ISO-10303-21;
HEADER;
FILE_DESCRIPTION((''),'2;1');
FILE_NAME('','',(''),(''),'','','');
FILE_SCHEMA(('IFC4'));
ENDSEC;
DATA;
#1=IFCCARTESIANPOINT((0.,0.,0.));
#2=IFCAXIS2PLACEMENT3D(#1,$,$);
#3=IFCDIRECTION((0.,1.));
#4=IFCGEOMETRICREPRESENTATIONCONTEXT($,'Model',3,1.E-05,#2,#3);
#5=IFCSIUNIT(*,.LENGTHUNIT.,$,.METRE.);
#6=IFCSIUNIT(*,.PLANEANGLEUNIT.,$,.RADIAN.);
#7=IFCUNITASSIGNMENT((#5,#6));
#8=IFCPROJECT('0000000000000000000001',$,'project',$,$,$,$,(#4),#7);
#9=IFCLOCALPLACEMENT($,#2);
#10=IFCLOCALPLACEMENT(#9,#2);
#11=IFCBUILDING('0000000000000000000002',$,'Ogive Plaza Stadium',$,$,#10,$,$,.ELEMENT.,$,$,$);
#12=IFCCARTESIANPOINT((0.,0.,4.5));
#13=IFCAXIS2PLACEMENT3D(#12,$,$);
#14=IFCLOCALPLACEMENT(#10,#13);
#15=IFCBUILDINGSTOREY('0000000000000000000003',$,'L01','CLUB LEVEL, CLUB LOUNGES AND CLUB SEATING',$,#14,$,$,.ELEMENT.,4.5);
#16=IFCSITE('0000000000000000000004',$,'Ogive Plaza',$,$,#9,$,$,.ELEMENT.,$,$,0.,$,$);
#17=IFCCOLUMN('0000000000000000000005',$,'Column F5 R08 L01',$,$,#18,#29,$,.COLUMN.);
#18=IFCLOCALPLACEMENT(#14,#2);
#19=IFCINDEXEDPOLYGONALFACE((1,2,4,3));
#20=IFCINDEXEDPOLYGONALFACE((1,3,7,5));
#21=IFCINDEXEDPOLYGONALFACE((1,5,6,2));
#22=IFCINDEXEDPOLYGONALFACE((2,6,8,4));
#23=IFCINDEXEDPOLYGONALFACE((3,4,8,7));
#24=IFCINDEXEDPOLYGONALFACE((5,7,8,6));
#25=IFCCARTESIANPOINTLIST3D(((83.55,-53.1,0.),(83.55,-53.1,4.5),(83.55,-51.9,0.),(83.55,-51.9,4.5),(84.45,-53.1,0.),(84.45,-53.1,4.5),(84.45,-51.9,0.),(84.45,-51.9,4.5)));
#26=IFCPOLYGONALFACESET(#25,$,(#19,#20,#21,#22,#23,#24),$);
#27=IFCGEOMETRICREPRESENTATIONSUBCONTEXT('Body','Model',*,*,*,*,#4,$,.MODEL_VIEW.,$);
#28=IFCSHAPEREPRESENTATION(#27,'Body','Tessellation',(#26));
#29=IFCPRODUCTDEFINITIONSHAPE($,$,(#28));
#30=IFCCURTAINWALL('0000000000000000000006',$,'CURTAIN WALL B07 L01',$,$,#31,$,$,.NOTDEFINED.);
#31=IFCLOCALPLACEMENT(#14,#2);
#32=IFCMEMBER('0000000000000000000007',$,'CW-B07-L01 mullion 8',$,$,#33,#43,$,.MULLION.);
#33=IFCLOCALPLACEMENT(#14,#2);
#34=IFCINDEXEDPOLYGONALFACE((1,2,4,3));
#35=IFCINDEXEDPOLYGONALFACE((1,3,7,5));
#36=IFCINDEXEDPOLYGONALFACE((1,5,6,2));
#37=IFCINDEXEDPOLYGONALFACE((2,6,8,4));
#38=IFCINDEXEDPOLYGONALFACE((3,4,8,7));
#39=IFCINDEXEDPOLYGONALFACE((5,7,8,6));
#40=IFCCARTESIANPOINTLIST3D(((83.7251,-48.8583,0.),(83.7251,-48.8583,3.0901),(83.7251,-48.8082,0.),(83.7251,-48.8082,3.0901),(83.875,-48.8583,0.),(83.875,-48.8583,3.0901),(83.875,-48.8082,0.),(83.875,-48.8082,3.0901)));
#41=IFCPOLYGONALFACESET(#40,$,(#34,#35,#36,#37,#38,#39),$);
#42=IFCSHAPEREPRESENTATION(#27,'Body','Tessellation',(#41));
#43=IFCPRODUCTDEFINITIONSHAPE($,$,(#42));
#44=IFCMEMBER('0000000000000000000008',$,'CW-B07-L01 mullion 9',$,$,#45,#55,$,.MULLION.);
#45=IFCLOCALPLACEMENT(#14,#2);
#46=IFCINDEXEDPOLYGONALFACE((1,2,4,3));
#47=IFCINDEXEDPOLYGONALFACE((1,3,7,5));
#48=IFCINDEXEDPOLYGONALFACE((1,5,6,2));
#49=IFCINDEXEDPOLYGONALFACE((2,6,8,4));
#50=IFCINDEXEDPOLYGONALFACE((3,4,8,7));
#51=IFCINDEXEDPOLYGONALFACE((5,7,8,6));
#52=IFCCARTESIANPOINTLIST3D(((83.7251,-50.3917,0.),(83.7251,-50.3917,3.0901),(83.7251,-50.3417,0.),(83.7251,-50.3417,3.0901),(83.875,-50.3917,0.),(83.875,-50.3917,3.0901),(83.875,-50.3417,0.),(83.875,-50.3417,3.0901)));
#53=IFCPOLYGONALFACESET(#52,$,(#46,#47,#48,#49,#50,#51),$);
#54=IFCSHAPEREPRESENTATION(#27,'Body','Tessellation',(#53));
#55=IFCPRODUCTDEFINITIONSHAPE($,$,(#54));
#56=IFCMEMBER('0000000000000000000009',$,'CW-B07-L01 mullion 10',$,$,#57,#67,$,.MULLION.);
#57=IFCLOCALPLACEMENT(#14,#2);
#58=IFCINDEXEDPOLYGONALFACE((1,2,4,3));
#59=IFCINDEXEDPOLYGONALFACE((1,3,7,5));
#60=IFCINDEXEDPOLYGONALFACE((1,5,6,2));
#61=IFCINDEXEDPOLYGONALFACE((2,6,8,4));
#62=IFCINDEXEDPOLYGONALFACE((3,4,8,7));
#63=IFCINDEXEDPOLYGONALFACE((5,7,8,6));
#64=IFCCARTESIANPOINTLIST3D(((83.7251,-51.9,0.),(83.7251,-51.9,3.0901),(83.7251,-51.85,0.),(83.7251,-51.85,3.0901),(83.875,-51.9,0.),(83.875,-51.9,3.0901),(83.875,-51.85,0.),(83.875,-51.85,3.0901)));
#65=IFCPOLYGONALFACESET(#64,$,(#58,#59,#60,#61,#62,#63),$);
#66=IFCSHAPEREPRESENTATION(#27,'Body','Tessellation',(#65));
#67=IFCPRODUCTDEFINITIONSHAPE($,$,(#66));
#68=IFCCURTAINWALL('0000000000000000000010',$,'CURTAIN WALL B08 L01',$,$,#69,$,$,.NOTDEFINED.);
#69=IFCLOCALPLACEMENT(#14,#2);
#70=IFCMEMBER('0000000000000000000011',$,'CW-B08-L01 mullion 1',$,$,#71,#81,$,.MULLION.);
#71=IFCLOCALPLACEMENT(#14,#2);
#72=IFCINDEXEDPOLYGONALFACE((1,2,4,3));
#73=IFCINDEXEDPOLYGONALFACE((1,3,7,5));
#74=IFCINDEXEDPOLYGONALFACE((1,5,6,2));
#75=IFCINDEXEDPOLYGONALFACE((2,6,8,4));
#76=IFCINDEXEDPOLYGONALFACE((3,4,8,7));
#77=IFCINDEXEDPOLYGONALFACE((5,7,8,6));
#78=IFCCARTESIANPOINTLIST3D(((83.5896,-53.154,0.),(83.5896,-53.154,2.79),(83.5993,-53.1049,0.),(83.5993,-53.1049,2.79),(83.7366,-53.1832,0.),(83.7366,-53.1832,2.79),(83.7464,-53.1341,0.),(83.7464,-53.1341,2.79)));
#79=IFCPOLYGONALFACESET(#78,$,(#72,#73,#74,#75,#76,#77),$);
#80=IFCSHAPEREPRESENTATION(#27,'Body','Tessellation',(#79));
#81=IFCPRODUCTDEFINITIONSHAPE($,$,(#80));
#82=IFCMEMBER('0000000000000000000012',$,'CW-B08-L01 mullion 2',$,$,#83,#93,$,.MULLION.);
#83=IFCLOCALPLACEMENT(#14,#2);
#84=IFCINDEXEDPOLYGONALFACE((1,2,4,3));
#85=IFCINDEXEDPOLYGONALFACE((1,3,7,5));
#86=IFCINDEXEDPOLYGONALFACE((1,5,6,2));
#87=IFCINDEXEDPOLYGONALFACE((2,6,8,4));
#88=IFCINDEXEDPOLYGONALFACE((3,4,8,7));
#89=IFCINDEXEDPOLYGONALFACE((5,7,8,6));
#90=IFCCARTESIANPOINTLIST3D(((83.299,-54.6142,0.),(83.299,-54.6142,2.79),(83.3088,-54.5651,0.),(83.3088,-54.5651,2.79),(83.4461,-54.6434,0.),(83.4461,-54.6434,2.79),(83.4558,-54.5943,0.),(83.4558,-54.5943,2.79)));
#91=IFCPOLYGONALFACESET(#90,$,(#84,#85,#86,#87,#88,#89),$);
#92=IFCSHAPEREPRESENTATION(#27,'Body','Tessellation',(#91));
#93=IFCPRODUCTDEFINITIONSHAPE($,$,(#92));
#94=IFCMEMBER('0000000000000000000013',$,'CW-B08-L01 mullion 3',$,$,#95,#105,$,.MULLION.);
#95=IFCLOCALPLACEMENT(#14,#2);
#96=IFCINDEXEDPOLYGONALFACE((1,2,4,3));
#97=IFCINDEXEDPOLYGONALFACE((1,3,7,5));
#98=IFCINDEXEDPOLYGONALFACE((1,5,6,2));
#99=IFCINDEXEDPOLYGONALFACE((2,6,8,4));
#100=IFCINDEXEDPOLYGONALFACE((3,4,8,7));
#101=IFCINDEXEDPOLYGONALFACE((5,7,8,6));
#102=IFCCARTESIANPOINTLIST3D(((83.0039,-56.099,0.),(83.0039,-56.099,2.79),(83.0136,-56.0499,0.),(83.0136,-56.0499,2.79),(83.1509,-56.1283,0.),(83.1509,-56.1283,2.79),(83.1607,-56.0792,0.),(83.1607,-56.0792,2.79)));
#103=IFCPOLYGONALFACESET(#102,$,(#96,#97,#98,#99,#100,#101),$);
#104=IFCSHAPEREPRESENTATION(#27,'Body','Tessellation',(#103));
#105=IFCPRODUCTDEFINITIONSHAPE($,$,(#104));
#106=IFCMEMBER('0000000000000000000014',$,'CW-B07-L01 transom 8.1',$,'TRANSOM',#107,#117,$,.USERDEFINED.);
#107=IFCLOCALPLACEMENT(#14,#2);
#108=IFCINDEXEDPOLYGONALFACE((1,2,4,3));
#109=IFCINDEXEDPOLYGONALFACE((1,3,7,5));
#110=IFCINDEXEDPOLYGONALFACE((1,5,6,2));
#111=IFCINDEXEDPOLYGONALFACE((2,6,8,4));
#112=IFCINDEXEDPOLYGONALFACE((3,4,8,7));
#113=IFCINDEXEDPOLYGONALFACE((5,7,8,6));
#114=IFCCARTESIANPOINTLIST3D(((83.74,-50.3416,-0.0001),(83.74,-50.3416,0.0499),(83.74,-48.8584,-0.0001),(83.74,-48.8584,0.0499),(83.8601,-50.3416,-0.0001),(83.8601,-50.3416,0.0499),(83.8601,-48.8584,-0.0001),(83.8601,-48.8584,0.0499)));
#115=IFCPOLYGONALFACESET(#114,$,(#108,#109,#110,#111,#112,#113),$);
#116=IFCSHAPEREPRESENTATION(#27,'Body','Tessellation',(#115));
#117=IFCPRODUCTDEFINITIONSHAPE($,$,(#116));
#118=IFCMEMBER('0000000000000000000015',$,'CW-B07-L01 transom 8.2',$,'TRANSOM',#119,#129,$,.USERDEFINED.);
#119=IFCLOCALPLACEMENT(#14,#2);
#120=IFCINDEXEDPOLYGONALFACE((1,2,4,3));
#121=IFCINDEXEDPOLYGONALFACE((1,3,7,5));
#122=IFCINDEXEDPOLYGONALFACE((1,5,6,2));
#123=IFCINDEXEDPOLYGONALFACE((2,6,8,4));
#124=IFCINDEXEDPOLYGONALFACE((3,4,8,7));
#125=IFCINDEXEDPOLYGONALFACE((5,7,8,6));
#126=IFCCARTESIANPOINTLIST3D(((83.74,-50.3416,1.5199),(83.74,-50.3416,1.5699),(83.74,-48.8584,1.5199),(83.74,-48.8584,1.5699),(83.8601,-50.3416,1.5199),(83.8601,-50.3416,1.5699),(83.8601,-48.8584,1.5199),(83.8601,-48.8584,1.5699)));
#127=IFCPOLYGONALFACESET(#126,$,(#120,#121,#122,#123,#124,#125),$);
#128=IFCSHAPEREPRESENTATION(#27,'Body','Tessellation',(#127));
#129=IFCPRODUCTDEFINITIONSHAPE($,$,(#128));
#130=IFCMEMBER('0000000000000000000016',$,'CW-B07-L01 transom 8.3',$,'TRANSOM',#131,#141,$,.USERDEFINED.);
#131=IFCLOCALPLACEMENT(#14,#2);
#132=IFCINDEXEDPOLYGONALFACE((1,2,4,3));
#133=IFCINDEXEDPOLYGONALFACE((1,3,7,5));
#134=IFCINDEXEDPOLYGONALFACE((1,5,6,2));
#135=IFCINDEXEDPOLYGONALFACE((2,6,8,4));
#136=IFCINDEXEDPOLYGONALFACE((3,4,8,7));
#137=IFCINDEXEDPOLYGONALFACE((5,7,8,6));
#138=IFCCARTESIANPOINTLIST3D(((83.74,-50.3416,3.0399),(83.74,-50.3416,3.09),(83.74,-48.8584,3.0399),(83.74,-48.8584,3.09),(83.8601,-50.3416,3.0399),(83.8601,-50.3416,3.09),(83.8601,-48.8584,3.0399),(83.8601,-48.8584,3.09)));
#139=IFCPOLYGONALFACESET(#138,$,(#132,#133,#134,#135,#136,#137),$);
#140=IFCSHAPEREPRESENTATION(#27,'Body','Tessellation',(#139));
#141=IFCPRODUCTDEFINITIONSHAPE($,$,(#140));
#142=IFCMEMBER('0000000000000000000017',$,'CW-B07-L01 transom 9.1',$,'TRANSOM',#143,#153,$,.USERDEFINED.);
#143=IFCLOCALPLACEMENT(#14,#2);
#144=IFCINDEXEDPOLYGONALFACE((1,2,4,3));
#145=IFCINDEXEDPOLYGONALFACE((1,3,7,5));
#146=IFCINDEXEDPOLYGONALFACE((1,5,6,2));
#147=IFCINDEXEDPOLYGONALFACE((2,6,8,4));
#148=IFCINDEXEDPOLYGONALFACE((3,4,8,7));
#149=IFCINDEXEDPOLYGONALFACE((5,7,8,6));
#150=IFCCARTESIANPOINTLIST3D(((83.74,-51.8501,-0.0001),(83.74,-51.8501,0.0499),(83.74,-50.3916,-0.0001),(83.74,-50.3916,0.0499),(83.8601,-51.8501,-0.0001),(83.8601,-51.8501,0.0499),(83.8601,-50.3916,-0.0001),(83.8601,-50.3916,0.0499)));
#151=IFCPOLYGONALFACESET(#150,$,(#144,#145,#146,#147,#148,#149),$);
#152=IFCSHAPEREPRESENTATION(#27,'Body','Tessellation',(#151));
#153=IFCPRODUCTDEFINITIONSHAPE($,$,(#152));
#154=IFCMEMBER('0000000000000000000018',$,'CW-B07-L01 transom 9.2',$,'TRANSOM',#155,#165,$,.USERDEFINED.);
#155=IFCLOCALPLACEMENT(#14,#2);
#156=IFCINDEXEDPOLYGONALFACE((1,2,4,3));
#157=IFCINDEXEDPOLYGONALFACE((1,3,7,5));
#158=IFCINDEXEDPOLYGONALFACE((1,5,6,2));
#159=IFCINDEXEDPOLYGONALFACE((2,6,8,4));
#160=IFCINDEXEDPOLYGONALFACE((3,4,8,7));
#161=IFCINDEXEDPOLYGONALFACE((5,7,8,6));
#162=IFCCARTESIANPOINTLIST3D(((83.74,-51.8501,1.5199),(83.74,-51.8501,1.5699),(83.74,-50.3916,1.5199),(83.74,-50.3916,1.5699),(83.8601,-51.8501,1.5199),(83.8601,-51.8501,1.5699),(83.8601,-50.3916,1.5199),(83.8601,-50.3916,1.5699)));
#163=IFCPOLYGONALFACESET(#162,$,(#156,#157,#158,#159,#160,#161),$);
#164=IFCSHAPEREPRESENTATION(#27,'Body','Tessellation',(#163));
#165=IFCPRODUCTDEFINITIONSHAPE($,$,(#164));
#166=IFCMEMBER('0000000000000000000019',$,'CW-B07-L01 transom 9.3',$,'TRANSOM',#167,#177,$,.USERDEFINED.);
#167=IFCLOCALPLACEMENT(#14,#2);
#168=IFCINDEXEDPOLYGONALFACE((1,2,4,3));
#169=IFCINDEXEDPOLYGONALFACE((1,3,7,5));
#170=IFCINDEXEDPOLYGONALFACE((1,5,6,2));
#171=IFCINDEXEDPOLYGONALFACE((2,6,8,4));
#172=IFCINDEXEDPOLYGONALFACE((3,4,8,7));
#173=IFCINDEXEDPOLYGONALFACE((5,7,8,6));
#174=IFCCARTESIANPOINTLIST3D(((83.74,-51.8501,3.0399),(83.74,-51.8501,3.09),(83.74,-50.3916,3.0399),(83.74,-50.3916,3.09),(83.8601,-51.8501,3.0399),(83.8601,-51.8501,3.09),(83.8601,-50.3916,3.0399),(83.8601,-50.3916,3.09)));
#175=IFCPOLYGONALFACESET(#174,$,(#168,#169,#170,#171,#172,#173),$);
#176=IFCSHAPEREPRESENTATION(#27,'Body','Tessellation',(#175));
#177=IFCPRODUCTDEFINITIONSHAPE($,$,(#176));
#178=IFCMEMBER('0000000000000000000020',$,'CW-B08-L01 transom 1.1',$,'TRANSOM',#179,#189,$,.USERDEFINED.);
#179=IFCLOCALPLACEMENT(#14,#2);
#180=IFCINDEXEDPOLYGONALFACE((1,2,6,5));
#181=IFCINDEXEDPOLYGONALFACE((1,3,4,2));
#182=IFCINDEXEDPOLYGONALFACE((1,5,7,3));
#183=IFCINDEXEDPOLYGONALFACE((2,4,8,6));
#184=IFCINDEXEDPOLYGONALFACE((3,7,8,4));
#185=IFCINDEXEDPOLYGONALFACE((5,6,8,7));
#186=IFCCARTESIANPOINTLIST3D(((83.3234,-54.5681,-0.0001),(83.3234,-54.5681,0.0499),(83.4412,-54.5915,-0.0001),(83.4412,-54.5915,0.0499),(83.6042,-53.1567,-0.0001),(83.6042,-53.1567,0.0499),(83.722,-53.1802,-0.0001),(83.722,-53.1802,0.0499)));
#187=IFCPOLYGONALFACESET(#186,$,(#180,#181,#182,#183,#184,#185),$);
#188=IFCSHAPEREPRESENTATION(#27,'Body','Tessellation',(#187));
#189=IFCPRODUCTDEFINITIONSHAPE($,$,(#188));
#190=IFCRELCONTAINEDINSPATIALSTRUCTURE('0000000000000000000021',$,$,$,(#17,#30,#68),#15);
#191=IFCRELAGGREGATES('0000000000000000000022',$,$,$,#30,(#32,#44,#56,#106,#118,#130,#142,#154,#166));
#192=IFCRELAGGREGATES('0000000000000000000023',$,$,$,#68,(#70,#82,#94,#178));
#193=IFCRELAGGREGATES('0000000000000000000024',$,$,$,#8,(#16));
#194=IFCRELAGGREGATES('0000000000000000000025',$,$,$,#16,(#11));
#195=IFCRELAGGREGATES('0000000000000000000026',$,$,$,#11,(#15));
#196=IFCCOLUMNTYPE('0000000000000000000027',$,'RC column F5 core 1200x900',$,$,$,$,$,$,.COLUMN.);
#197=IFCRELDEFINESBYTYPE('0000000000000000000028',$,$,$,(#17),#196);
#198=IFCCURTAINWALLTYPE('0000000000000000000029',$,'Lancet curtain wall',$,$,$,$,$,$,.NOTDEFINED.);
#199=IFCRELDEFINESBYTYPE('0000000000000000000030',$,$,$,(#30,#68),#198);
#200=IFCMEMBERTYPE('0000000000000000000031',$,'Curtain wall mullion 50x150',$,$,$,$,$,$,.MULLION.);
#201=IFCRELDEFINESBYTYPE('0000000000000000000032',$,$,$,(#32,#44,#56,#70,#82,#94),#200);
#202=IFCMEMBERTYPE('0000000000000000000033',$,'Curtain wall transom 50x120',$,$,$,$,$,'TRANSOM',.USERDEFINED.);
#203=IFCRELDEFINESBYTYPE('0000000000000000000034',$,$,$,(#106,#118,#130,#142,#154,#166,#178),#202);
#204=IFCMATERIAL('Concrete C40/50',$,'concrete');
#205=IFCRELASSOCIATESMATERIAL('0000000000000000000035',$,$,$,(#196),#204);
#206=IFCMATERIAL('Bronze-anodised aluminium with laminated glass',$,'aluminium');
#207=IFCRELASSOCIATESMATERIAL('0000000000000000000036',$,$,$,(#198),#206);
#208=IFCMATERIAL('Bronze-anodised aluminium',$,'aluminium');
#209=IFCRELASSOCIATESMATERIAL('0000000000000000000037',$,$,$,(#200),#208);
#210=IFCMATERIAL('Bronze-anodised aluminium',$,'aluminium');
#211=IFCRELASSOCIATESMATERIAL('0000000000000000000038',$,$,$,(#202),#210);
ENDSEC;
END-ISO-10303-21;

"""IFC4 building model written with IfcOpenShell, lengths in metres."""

from ifc_helpers import new_model, si_unit, direction, frame, origin, origin_2d, place, context, subcontext, project, spatial, rectangle, extrude, material, material_profile, profile_set, type_object, element, aggregate, save


model = new_model("IFC4")

# Units and contexts
model_context = context("Model", 3, precision=1e-05, world=origin(), true_north=direction((0.0, 1.0)))
body_context = subcontext(model_context, "Body", "Model", "MODEL_VIEW")
ifc_project = project(units=[si_unit("LENGTHUNIT", "METRE"), si_unit("PLANEANGLEUNIT", "RADIAN")], contexts=[model_context])

# Site, building, storey
site_placement = place(None, origin())
site = spatial("IfcSite", under=ifc_project, at=site_placement, Name="Ogive Plaza", CompositionType="ELEMENT", RefElevation=0.0)
building_placement = place(site_placement, origin())
building = spatial("IfcBuilding", under=site, at=building_placement, Name="Ogive Plaza Stadium", CompositionType="ELEMENT")
storey_placement = place(building_placement, frame((0.0, 0.0, 4.5)))
storey = spatial("IfcBuildingStorey", under=building, at=storey_placement, Name="L01", Description="CLUB LEVEL, CLUB LOUNGES AND CLUB SEATING", CompositionType="ELEMENT", Elevation=4.5)

# Column
ifc_material_1 = material(Name="Concrete C40/50", Category="concrete")
ifc_material_profile_1 = material_profile(ifc_material_1, rectangle(XDim=1.2, YDim=0.8999, at=origin_2d()), Name="RC 1200x900")
ifc_profile_set_1 = profile_set([ifc_material_profile_1], Name="Concrete C40/50")
column_type = type_object("IfcColumnType", Name="RC column F5 core 1200x900", PredefinedType="COLUMN", material=ifc_profile_set_1)
column_placement = place(storey_placement, frame((84.0, -52.5, 0.0), z_axis=(0.0, 0.0, 1.0), x_axis=(0.0, 1.0, 0.0)))
element("IfcColumn", 1, at=column_placement, inside=storey, type_object=column_type, Name="Column F5 R08 L01", PredefinedType="COLUMN", context=body_context, shape_type="SweptSolid", body=[
    extrude(rectangle(XDim=1.2, YDim=0.8999, at=origin_2d()), origin(), (0.0, 0.0, 1.0), 4.5),
])

# Curtain walls, members
ifc_material_2 = material(Name="Bronze-anodised aluminium with laminated glass", Category="aluminium")
curtain_wall_type = type_object("IfcCurtainWallType", Name="Lancet curtain wall", PredefinedType="NOTDEFINED", material=ifc_material_2)
curtain_wall_1_placement = place(storey_placement, origin())
curtain_wall_1 = element("IfcCurtainWall", 2, at=curtain_wall_1_placement, inside=storey, type_object=curtain_wall_type, Name="CURTAIN WALL B07 L01", PredefinedType="NOTDEFINED")
ifc_material_3 = material(Name="Bronze-anodised aluminium", Category="aluminium")
ifc_material_profile_2 = material_profile(ifc_material_3, rectangle(XDim=0.1499, YDim=0.05, at=origin_2d()), Name="AL 150x50")
ifc_profile_set_2 = profile_set([ifc_material_profile_2], Name="Bronze-anodised aluminium")
member_type_1 = type_object("IfcMemberType", Name="Curtain wall mullion 50x150", PredefinedType="MULLION", material=ifc_profile_set_2)
member_1_placement = place(storey_placement, frame((83.8, -48.8333, 0.0), z_axis=(0.0, 0.0, 1.0), x_axis=(1.0, 0.0, 0.0)))
member_1 = element("IfcMember", 3, at=member_1_placement, type_object=member_type_1, Name="CW-B07-L01 mullion 8", PredefinedType="MULLION", context=body_context, shape_type="SweptSolid", body=[
    extrude(rectangle(XDim=0.1499, YDim=0.05, at=origin_2d()), origin(), (0.0, 0.0, 1.0), 3.0901),
])
member_2_placement = place(storey_placement, frame((83.8, -50.3667, 0.0), z_axis=(0.0, 0.0, 1.0), x_axis=(1.0, 0.0, 0.0)))
member_2 = element("IfcMember", 4, at=member_2_placement, type_object=member_type_1, Name="CW-B07-L01 mullion 9", PredefinedType="MULLION", context=body_context, shape_type="SweptSolid", body=[
    extrude(rectangle(XDim=0.1499, YDim=0.05, at=origin_2d()), origin(), (0.0, 0.0, 1.0), 3.0901),
])
member_3_placement = place(storey_placement, frame((83.8, -51.875, 0.0), z_axis=(0.0, 0.0, 1.0), x_axis=(1.0, 0.0, 0.0)))
member_3 = element("IfcMember", 5, at=member_3_placement, type_object=member_type_1, Name="CW-B07-L01 mullion 10", PredefinedType="MULLION", context=body_context, shape_type="SweptSolid", body=[
    extrude(rectangle(XDim=0.1499, YDim=0.05, at=origin_2d()), origin(), (0.0, 0.0, 1.0), 3.0901),
])
curtain_wall_2_placement = place(storey_placement, origin())
curtain_wall_2 = element("IfcCurtainWall", 6, at=curtain_wall_2_placement, inside=storey, type_object=curtain_wall_type, Name="CURTAIN WALL B08 L01", PredefinedType="NOTDEFINED")
member_4_placement = place(storey_placement, frame((83.668, -53.144, 0.0), z_axis=(0.0, 0.0, 1.0), x_axis=(0.980785, -0.19509, 0.0)))
member_4 = element("IfcMember", 7, at=member_4_placement, type_object=member_type_1, Name="CW-B08-L01 mullion 1", PredefinedType="MULLION", context=body_context, shape_type="SweptSolid", body=[
    extrude(rectangle(XDim=0.1499, YDim=0.05, at=origin_2d()), origin(), (0.0, 0.0, 1.0), 2.79),
])
member_5_placement = place(storey_placement, frame((83.3774, -54.6042, 0.0), z_axis=(0.0, 0.0, 1.0), x_axis=(0.980785, -0.19509, 0.0)))
member_5 = element("IfcMember", 8, at=member_5_placement, type_object=member_type_1, Name="CW-B08-L01 mullion 2", PredefinedType="MULLION", context=body_context, shape_type="SweptSolid", body=[
    extrude(rectangle(XDim=0.1499, YDim=0.05, at=origin_2d()), origin(), (0.0, 0.0, 1.0), 2.79),
])
member_6_placement = place(storey_placement, frame((83.0823, -56.0891, 0.0), z_axis=(0.0, 0.0, 1.0), x_axis=(0.980785, -0.19509, 0.0)))
member_6 = element("IfcMember", 9, at=member_6_placement, type_object=member_type_1, Name="CW-B08-L01 mullion 3", PredefinedType="MULLION", context=body_context, shape_type="SweptSolid", body=[
    extrude(rectangle(XDim=0.1499, YDim=0.05, at=origin_2d()), origin(), (0.0, 0.0, 1.0), 2.79),
])

# Members
ifc_material_4 = material(Name="Bronze-anodised aluminium", Category="aluminium")
ifc_material_profile_3 = material_profile(ifc_material_4, rectangle(XDim=0.1201, YDim=0.05, at=origin_2d()), Name="AL 120x50")
ifc_profile_set_3 = profile_set([ifc_material_profile_3], Name="Bronze-anodised aluminium")
member_type_2 = type_object("IfcMemberType", Name="Curtain wall transom 50x120", ElementType="TRANSOM", PredefinedType="USERDEFINED", material=ifc_profile_set_3)
member_7_placement = place(storey_placement, frame((83.8, -48.8584, 0.0249), z_axis=(0.0, -1.0, 0.0), x_axis=(1.0, 0.0, 0.0)))
member_7 = element("IfcMember", 10, at=member_7_placement, type_object=member_type_2, Name="CW-B07-L01 transom 8.1", ObjectType="TRANSOM", PredefinedType="USERDEFINED", context=body_context, shape_type="SweptSolid", body=[
    extrude(rectangle(XDim=0.1201, YDim=0.05, at=origin_2d()), origin(), (0.0, 0.0, 1.0), 1.4832),
])
member_8_placement = place(storey_placement, frame((83.8, -48.8584, 1.5449), z_axis=(0.0, -1.0, 0.0), x_axis=(1.0, 0.0, 0.0)))
member_8 = element("IfcMember", 11, at=member_8_placement, type_object=member_type_2, Name="CW-B07-L01 transom 8.2", ObjectType="TRANSOM", PredefinedType="USERDEFINED", context=body_context, shape_type="SweptSolid", body=[
    extrude(rectangle(XDim=0.1201, YDim=0.05, at=origin_2d()), origin(), (0.0, 0.0, 1.0), 1.4832),
])
member_9_placement = place(storey_placement, frame((83.8, -48.8584, 3.0649), z_axis=(0.0, -1.0, 0.0), x_axis=(1.0, 0.0, 0.0)))
member_9 = element("IfcMember", 12, at=member_9_placement, type_object=member_type_2, Name="CW-B07-L01 transom 8.3", ObjectType="TRANSOM", PredefinedType="USERDEFINED", context=body_context, shape_type="SweptSolid", body=[
    extrude(rectangle(XDim=0.1201, YDim=0.05, at=origin_2d()), origin(), (0.0, 0.0, 1.0), 1.4832),
])
member_10_placement = place(storey_placement, frame((83.8, -50.3916, 0.0249), z_axis=(0.0, -1.0, 0.0), x_axis=(1.0, 0.0, 0.0)))
member_10 = element("IfcMember", 13, at=member_10_placement, type_object=member_type_2, Name="CW-B07-L01 transom 9.1", ObjectType="TRANSOM", PredefinedType="USERDEFINED", context=body_context, shape_type="SweptSolid", body=[
    extrude(rectangle(XDim=0.1201, YDim=0.05, at=origin_2d()), origin(), (0.0, 0.0, 1.0), 1.4585),
])
member_11_placement = place(storey_placement, frame((83.8, -50.3916, 1.5449), z_axis=(0.0, -1.0, 0.0), x_axis=(1.0, 0.0, 0.0)))
member_11 = element("IfcMember", 14, at=member_11_placement, type_object=member_type_2, Name="CW-B07-L01 transom 9.2", ObjectType="TRANSOM", PredefinedType="USERDEFINED", context=body_context, shape_type="SweptSolid", body=[
    extrude(rectangle(XDim=0.1201, YDim=0.05, at=origin_2d()), origin(), (0.0, 0.0, 1.0), 1.4585),
])
member_12_placement = place(storey_placement, frame((83.8, -50.3916, 3.0649), z_axis=(0.0, -1.0, 0.0), x_axis=(1.0, 0.0, 0.0)))
member_12 = element("IfcMember", 15, at=member_12_placement, type_object=member_type_2, Name="CW-B07-L01 transom 9.3", ObjectType="TRANSOM", PredefinedType="USERDEFINED", context=body_context, shape_type="SweptSolid", body=[
    extrude(rectangle(XDim=0.1201, YDim=0.05, at=origin_2d()), origin(), (0.0, 0.0, 1.0), 1.4585),
])
member_13_placement = place(storey_placement, frame((83.6631, -53.1685, 0.0249), z_axis=(-0.195105, -0.980782, 0.0), x_axis=(0.980782, -0.195105, 0.0)))
member_13 = element("IfcMember", 16, at=member_13_placement, type_object=member_type_2, Name="CW-B08-L01 transom 1.1", ObjectType="TRANSOM", PredefinedType="USERDEFINED", context=body_context, shape_type="SweptSolid", body=[
    extrude(rectangle(XDim=0.1201, YDim=0.05, at=origin_2d()), origin(), (0.0, 0.0, 1.0), 1.439),
])

aggregate(curtain_wall_1, [member_1, member_2, member_3, member_7, member_8, member_9, member_10, member_11, member_12])
aggregate(curtain_wall_2, [member_4, member_5, member_6, member_13])

save(model, "model.ifc")
